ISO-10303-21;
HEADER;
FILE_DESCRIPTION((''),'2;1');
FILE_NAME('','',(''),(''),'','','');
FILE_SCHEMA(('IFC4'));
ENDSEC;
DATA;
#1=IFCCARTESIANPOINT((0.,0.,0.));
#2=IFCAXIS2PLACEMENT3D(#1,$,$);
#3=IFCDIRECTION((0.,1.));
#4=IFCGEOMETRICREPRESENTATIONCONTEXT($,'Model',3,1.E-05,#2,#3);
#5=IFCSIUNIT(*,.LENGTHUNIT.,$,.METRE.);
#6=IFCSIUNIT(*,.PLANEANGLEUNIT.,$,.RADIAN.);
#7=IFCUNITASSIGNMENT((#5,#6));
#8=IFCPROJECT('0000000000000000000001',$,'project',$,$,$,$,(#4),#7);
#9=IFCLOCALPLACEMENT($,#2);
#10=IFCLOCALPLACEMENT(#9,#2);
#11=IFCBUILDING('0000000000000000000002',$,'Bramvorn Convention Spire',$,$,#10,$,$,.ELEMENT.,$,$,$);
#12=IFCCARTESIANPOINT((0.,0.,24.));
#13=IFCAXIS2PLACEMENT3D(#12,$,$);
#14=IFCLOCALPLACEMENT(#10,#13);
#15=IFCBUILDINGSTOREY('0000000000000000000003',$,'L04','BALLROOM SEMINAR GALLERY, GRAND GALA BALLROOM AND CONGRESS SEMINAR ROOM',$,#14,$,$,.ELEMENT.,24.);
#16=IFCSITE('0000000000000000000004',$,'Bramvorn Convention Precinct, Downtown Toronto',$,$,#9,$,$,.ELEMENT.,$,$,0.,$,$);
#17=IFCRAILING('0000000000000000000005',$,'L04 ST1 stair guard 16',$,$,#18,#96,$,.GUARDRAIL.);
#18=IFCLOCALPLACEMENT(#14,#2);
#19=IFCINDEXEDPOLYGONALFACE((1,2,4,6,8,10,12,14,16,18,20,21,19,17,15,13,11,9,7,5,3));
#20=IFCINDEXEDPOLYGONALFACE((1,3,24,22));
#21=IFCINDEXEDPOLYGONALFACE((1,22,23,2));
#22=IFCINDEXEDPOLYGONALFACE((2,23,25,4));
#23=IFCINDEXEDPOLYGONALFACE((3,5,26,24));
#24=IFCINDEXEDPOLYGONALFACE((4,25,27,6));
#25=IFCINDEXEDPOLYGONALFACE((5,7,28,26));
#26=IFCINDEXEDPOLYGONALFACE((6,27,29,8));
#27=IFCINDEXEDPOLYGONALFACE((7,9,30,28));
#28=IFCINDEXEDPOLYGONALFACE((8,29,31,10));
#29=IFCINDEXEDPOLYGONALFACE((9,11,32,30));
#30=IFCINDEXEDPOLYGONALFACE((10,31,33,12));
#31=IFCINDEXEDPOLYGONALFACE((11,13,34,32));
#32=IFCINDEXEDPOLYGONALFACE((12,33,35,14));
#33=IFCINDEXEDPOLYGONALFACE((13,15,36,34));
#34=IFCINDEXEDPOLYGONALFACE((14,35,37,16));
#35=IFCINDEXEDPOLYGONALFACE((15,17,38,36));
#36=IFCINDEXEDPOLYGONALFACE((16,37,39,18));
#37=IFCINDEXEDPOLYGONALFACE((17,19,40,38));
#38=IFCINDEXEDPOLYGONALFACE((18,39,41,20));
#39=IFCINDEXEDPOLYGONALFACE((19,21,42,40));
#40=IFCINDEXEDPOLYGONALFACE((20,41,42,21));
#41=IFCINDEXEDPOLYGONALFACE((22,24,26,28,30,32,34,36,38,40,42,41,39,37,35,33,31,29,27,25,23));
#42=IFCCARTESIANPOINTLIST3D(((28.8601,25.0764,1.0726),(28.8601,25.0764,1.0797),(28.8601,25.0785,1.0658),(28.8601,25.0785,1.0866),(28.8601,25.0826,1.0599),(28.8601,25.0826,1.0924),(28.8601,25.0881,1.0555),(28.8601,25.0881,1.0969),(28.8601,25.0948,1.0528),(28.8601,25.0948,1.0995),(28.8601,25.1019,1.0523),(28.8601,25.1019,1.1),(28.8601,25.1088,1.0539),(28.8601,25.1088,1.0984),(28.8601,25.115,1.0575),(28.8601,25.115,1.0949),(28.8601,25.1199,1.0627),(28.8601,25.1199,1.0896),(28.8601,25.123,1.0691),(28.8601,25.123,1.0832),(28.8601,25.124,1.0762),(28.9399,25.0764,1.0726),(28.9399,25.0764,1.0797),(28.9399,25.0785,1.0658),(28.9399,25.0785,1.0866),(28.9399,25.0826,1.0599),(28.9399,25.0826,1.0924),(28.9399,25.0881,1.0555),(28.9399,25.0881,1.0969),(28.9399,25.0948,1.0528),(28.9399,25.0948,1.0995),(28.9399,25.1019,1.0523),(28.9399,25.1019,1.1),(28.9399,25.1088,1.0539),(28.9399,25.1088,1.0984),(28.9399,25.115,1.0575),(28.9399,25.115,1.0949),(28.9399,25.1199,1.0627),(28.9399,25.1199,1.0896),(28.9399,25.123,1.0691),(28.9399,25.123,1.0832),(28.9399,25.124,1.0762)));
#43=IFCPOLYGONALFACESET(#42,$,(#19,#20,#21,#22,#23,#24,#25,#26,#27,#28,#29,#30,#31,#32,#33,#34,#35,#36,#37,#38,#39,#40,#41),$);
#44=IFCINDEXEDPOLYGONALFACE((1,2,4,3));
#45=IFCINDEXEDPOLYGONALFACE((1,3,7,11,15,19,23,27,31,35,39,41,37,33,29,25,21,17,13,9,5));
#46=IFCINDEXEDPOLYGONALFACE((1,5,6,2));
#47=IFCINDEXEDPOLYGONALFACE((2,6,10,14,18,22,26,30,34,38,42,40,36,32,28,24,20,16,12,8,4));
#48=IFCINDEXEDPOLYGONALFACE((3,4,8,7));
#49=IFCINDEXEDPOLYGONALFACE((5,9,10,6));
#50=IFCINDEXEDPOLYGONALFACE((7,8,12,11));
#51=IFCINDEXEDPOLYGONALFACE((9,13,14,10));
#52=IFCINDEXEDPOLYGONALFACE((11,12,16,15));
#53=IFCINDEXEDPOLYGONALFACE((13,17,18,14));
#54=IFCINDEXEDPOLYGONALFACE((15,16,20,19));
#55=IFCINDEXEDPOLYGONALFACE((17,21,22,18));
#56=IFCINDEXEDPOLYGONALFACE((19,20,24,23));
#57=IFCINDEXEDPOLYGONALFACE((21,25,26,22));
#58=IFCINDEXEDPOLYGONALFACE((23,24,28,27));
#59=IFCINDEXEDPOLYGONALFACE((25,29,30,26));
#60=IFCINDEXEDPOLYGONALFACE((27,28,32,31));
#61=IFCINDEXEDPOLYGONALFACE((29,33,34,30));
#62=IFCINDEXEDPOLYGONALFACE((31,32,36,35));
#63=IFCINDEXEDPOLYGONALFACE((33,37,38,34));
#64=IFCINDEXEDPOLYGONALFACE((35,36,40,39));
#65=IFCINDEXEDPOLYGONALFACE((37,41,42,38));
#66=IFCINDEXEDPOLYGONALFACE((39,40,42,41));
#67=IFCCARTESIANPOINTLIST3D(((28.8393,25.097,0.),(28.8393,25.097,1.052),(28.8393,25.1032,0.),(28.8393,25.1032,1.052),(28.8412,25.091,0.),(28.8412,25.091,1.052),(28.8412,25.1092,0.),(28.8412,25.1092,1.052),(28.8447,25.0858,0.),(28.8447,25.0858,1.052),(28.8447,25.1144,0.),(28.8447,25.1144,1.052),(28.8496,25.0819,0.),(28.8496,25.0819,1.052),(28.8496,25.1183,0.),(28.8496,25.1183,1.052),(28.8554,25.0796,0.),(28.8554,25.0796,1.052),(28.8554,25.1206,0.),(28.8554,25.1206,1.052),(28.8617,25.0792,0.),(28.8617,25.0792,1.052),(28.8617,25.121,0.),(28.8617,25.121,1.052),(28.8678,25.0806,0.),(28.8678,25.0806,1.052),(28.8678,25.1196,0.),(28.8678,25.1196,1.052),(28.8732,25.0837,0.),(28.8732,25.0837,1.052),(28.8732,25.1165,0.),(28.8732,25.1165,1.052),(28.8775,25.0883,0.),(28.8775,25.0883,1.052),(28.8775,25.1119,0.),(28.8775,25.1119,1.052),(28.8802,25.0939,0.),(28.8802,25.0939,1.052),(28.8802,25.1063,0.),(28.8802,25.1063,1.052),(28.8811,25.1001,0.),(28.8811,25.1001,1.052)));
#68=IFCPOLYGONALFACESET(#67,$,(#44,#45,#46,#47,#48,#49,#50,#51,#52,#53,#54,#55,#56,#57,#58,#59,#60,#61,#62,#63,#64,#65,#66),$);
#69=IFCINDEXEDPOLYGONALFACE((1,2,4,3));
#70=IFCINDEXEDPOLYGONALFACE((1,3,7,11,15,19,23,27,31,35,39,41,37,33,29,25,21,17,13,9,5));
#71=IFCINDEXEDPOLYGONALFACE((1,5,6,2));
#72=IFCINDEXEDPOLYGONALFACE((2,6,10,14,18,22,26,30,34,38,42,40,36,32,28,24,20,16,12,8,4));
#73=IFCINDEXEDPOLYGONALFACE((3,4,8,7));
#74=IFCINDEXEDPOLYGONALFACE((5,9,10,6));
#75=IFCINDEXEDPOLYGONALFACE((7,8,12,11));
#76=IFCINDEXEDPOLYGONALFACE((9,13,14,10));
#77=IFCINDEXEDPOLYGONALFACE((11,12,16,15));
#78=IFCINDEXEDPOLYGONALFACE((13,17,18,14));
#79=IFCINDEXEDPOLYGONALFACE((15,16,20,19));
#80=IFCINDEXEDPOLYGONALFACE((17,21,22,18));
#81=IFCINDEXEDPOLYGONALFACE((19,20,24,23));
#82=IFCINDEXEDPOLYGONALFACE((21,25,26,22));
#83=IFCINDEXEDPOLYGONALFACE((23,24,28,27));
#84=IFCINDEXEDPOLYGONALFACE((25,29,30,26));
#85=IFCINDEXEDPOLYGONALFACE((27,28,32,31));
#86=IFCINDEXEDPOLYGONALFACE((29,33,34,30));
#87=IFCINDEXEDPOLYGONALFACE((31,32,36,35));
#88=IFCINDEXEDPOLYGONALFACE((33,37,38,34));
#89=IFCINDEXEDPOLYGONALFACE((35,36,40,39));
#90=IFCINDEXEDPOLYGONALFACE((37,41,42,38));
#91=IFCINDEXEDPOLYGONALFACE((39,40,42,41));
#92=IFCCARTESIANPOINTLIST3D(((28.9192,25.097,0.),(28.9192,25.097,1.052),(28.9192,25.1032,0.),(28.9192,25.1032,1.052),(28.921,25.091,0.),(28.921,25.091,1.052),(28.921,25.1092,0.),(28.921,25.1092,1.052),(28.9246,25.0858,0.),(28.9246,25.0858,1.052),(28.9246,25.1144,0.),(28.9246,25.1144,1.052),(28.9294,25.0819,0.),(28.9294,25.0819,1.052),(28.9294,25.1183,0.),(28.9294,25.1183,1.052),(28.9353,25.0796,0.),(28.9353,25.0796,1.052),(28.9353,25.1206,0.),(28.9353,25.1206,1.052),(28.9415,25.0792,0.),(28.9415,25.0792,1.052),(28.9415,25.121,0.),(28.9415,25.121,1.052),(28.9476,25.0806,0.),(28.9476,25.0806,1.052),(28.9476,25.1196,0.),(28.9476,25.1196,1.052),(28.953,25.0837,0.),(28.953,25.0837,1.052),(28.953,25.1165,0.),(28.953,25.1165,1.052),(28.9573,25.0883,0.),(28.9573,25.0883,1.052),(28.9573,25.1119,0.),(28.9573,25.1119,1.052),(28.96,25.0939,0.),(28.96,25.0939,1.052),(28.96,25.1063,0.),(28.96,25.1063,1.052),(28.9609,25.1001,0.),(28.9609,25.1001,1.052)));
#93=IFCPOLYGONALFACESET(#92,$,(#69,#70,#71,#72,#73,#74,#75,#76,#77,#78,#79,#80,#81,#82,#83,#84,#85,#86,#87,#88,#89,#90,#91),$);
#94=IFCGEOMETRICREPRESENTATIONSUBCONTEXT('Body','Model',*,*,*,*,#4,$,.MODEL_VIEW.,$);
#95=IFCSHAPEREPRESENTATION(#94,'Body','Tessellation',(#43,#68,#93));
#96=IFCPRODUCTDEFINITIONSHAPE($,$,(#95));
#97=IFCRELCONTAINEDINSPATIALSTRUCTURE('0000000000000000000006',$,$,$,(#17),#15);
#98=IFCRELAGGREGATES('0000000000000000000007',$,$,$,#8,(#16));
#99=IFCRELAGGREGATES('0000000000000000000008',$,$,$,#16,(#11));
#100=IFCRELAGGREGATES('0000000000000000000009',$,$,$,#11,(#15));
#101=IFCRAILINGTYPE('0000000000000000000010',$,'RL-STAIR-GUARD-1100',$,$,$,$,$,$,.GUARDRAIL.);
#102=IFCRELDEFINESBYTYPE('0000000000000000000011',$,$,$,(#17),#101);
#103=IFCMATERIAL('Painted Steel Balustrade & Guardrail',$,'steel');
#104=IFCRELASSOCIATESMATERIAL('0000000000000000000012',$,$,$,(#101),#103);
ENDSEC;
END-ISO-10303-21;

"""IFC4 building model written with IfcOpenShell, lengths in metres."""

from ifc_helpers import new_model, si_unit, direction, frame, origin, origin_2d, place, context, subcontext, project, spatial, circle, extrude, material, type_object, element, save


model = new_model("IFC4")

# Units and contexts
model_context = context("Model", 3, precision=1e-05, world=origin(), true_north=direction((0.0, 1.0)))
body_context = subcontext(model_context, "Body", "Model", "MODEL_VIEW")
ifc_project = project(units=[si_unit("LENGTHUNIT", "METRE"), si_unit("PLANEANGLEUNIT", "RADIAN")], contexts=[model_context])

# Site, building, storey
site_placement = place(None, origin())
site = spatial("IfcSite", under=ifc_project, at=site_placement, Name="Bramvorn Convention Precinct, Downtown Toronto", CompositionType="ELEMENT", RefElevation=0.0)
building_placement = place(site_placement, origin())
building = spatial("IfcBuilding", under=site, at=building_placement, Name="Bramvorn Convention Spire", CompositionType="ELEMENT")
storey_placement = place(building_placement, frame((0.0, 0.0, 24.0)))
storey = spatial("IfcBuildingStorey", under=building, at=storey_placement, Name="L04", Description="BALLROOM SEMINAR GALLERY, GRAND GALA BALLROOM AND CONGRESS SEMINAR ROOM", CompositionType="ELEMENT", Elevation=24.0)

# Railing
ifc_material_1 = material(Name="Painted Steel Balustrade & Guardrail", Category="steel")
railing_type_1 = type_object("IfcRailingType", Name="RL-STAIR-GUARD-1100", PredefinedType="GUARDRAIL", material=ifc_material_1)
railing_1_placement = place(storey_placement, frame((28.8601, 25.1001, 0.0)))
element("IfcRailing", 1, at=railing_1_placement, inside=storey, type_object=railing_type_1, Name="L04 ST1 stair guard 16", PredefinedType="GUARDRAIL", context=body_context, shape_type="SweptSolid", body=[
    extrude(circle(Radius=0.0239, at=origin_2d()), frame((0.0, 0.0, 1.0762), z_axis=(1.0, 0.0, 0.0), x_axis=(0.0, 1.0, 0.0)), (0.0, 0.0, 1.0), 0.0798),
    extrude(circle(Radius=0.021, at=origin_2d()), origin(), (0.0, 0.0, 1.0), 1.052),
    extrude(circle(Radius=0.021, at=origin_2d()), frame((0.0798, 0.0, 0.0)), (0.0, 0.0, 1.0), 1.052),
])

save(model, "model.ifc")
